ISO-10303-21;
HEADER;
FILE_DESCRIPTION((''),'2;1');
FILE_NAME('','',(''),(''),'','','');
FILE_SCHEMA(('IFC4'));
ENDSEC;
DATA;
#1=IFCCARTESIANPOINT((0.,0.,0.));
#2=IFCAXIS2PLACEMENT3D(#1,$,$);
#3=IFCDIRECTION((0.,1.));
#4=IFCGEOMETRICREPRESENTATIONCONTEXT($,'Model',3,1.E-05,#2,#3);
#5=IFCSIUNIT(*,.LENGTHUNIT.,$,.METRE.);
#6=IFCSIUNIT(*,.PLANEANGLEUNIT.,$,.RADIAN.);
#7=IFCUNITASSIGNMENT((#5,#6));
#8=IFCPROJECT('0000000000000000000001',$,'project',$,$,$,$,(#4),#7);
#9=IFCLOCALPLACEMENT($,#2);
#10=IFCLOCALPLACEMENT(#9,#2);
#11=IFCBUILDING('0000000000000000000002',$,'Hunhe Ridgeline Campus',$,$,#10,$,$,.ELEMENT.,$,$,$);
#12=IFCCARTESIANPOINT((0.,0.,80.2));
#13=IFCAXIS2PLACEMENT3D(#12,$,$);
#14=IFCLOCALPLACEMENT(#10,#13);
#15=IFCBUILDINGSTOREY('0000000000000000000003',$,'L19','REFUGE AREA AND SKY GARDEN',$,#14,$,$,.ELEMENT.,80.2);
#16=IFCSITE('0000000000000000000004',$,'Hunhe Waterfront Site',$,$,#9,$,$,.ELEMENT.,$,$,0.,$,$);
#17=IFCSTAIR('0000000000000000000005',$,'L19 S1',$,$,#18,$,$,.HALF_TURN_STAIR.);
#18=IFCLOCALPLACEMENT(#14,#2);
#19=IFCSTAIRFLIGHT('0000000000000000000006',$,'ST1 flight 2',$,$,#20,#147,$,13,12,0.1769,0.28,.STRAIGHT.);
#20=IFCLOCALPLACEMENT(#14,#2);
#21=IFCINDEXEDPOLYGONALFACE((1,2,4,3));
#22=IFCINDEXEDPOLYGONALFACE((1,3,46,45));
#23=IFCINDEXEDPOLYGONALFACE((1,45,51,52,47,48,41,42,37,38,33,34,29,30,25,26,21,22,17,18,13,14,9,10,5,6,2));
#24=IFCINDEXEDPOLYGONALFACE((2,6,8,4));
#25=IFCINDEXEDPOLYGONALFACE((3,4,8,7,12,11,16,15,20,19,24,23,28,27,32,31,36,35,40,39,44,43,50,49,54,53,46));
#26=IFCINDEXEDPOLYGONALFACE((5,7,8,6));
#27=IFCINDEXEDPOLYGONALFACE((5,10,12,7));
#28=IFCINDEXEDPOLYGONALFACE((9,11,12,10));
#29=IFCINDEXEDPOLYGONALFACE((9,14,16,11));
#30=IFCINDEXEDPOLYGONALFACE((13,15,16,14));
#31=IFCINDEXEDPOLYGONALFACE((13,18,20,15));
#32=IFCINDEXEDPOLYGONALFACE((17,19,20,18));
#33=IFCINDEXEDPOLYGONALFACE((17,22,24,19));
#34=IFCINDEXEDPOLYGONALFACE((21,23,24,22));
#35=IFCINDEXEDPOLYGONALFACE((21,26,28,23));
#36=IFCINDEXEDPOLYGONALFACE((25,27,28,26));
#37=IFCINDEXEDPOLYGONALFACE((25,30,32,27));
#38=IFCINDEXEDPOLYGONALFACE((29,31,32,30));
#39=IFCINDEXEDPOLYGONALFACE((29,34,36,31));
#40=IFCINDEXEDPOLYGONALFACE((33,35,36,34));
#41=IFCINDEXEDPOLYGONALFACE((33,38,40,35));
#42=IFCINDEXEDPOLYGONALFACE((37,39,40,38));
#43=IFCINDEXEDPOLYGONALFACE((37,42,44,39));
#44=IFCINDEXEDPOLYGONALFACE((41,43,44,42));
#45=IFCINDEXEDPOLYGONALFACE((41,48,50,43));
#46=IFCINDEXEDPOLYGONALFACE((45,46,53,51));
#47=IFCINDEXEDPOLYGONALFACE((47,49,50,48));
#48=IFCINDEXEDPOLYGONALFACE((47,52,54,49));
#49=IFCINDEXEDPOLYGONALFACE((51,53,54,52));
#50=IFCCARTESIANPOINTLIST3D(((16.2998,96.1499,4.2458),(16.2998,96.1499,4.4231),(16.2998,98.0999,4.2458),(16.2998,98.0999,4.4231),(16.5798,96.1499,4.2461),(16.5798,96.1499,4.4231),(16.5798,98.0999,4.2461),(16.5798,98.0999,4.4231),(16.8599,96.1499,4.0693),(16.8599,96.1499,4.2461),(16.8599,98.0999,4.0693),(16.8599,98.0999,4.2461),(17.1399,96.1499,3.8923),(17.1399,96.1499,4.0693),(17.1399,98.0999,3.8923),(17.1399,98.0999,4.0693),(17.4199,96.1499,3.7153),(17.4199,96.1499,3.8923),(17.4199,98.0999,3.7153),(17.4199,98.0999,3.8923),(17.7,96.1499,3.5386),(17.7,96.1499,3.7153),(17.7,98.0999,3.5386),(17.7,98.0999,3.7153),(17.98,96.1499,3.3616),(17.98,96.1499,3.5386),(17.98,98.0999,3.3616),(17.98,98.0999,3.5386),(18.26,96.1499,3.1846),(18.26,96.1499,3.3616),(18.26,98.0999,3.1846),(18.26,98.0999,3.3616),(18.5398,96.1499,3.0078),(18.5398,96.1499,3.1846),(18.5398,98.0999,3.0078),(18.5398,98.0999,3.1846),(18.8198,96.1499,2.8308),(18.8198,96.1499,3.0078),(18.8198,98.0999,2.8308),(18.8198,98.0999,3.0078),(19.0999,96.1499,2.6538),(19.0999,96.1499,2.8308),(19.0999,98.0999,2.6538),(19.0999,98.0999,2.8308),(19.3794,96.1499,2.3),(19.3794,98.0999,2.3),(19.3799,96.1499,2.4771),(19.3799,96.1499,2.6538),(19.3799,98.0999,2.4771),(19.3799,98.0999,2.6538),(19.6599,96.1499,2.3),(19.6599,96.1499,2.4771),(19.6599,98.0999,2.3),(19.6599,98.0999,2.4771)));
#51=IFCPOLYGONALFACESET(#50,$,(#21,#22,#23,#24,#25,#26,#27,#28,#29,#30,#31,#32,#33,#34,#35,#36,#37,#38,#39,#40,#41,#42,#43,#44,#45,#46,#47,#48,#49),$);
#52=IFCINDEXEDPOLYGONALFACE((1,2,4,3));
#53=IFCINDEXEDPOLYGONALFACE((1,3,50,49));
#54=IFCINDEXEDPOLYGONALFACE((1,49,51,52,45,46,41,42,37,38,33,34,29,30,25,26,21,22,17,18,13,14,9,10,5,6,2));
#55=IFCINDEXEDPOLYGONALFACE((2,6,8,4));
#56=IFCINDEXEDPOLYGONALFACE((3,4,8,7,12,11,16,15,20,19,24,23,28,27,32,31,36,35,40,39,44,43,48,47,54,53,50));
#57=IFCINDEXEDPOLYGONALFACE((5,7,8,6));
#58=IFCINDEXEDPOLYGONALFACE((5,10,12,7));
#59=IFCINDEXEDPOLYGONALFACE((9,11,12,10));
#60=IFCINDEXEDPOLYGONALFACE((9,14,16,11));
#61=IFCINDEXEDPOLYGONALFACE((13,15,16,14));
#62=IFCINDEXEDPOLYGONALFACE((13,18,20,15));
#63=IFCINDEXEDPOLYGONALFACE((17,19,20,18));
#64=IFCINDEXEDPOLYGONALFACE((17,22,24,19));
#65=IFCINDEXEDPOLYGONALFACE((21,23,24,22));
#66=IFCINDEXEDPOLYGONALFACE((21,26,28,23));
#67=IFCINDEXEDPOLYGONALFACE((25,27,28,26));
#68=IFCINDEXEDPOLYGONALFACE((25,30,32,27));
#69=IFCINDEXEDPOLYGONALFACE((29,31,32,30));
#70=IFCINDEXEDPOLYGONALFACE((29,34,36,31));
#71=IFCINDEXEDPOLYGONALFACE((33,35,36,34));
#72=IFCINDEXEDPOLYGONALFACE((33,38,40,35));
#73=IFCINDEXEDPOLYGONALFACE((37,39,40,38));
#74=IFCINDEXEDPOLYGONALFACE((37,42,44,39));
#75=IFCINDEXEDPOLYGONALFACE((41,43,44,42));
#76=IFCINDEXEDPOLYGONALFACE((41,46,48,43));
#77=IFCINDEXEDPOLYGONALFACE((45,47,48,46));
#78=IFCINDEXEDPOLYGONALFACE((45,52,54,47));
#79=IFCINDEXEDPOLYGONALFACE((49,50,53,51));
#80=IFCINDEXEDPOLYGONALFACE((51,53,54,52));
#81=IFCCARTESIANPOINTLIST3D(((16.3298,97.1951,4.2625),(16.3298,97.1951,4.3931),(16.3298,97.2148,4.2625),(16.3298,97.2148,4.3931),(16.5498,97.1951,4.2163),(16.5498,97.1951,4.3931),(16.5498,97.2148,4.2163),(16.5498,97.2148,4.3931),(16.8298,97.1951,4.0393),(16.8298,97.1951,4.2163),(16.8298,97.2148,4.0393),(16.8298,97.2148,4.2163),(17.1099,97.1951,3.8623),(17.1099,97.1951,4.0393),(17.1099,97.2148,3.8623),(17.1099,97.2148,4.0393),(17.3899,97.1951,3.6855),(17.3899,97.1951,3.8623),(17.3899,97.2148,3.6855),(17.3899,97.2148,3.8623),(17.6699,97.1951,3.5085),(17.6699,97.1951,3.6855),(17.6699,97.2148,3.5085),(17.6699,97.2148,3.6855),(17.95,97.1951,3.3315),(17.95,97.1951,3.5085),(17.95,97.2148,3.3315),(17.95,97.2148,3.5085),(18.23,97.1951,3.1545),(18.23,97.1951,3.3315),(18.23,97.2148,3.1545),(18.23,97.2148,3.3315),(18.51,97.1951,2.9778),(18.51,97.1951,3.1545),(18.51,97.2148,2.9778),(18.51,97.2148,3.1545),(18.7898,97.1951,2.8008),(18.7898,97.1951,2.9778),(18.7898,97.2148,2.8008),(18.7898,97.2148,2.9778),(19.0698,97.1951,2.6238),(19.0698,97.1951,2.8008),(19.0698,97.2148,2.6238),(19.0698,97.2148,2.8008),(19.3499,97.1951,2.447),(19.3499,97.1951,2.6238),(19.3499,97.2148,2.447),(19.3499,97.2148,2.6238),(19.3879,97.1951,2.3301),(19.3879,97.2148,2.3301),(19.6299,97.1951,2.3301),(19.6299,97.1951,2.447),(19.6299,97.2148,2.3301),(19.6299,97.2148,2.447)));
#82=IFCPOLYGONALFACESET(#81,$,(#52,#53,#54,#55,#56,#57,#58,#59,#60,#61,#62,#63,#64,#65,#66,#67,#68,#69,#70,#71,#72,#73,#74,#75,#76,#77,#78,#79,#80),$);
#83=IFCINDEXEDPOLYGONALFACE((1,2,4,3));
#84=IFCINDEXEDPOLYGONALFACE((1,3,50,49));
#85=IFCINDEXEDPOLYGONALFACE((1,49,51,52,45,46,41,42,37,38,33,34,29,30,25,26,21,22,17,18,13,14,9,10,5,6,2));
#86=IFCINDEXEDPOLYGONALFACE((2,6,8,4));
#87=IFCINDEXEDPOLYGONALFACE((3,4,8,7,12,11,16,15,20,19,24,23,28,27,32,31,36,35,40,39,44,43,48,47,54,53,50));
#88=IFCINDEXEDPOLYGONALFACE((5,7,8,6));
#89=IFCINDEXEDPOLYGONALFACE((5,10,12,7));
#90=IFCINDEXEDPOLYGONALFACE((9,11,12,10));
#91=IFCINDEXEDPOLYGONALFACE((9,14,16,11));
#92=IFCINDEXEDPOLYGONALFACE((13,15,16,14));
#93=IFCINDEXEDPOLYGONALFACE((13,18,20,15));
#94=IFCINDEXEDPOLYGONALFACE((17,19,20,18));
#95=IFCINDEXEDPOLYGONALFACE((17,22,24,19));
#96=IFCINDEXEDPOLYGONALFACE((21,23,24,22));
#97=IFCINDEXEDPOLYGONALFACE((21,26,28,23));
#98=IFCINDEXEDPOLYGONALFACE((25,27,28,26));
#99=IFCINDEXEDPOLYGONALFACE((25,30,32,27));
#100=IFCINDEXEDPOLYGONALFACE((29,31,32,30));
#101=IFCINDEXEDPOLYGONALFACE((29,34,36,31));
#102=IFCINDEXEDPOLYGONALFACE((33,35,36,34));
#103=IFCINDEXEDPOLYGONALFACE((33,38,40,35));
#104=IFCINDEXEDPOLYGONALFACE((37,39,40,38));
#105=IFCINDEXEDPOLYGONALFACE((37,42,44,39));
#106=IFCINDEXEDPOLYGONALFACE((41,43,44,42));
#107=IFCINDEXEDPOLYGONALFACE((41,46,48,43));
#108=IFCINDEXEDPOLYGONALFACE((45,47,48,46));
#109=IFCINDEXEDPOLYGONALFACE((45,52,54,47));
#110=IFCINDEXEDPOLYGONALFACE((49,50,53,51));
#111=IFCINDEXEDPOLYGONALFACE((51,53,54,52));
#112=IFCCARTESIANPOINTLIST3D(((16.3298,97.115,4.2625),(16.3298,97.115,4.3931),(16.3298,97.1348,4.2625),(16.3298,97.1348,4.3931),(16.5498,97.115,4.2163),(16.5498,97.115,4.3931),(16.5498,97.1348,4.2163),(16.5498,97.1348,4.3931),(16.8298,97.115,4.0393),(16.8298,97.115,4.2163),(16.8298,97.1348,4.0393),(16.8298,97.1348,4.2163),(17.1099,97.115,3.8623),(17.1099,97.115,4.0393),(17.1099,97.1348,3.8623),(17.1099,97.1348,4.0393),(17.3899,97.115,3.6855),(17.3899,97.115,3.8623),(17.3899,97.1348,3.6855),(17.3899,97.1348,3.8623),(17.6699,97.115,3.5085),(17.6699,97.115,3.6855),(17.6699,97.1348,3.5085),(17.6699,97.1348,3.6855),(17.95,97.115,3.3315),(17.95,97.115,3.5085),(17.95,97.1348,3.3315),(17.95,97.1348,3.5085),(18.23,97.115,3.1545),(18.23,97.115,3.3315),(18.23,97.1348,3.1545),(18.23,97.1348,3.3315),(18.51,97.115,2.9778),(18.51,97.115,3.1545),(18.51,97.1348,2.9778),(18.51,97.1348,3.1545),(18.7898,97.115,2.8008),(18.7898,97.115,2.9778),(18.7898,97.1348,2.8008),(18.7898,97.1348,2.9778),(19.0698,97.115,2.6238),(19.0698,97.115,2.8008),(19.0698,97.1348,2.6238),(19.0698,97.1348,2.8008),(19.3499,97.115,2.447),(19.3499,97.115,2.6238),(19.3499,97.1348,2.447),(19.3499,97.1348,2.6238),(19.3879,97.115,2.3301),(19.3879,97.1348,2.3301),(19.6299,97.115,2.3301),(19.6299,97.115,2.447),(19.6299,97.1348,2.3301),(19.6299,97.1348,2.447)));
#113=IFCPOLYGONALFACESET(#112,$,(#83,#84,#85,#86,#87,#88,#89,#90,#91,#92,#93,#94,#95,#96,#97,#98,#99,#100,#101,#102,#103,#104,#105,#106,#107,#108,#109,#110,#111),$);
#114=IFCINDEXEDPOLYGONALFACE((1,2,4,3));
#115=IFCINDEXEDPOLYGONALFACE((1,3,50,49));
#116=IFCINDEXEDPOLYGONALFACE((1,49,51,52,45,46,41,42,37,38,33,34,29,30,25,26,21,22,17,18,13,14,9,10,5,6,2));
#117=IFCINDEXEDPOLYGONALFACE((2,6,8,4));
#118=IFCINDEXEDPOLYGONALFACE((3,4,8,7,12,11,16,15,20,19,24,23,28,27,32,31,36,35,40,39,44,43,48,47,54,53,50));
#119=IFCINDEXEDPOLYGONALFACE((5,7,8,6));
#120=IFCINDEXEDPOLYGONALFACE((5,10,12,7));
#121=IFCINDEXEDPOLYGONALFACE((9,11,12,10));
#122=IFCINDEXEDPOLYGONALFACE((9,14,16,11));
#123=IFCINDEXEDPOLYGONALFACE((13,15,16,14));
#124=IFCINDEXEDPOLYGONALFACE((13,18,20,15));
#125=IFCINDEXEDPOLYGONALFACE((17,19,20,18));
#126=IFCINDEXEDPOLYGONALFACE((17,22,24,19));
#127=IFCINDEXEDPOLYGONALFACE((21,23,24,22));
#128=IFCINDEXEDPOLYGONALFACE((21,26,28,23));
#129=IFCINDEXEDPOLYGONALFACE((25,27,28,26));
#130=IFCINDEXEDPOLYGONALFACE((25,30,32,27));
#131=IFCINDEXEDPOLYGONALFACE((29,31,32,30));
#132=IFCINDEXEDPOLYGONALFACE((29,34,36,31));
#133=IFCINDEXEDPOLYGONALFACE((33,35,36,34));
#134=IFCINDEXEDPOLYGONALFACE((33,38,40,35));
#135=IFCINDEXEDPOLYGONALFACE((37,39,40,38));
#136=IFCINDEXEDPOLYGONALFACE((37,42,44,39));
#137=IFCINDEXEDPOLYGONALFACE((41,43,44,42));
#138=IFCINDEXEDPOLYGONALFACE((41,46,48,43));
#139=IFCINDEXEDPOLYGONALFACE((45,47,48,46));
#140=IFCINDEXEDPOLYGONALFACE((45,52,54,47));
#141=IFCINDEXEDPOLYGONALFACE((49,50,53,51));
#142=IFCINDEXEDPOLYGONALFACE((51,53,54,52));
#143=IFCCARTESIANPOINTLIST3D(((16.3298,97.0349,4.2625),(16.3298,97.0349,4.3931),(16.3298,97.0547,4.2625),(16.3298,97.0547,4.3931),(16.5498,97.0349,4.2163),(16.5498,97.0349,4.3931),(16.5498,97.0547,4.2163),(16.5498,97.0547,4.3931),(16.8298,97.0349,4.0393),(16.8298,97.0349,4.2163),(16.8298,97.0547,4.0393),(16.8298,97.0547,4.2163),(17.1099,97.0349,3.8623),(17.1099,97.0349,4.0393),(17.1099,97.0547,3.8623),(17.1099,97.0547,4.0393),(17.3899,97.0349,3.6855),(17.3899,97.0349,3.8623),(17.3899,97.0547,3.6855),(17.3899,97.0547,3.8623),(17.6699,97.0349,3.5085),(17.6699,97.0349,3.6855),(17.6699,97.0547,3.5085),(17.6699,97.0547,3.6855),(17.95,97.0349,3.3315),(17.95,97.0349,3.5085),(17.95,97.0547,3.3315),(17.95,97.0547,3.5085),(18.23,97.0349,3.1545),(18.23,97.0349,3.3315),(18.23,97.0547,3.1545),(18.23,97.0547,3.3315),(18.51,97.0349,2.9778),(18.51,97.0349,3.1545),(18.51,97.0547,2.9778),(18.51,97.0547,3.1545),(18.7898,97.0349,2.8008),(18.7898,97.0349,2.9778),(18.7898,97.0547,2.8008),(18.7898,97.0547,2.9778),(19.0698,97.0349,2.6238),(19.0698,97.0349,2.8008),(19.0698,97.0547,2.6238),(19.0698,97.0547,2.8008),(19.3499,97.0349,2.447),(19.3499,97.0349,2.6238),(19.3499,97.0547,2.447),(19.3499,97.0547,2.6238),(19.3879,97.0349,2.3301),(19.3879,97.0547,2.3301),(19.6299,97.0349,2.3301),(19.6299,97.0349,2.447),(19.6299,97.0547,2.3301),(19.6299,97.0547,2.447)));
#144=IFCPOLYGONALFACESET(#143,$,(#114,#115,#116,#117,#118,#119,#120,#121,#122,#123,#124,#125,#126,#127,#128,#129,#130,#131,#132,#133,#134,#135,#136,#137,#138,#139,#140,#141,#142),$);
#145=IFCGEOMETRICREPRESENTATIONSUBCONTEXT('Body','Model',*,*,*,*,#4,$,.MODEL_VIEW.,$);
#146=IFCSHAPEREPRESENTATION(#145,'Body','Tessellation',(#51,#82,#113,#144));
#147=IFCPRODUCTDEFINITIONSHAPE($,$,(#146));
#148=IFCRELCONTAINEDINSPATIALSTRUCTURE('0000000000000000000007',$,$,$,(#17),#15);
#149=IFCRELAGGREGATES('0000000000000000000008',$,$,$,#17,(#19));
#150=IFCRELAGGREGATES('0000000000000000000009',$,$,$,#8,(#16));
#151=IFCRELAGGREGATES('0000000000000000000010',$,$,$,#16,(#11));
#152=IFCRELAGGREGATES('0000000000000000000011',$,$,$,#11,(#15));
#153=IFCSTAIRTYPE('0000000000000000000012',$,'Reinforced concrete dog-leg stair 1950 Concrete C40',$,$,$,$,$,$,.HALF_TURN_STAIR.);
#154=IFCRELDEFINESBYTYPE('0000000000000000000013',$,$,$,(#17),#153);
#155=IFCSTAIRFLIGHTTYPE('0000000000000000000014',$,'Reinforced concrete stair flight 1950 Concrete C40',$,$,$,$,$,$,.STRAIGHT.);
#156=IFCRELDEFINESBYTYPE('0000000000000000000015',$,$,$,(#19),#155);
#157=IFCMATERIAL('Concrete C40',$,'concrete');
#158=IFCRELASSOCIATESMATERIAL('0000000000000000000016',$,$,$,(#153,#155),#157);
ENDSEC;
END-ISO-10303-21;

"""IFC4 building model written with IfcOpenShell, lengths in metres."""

from ifc_helpers import new_model, si_unit, direction, frame, origin, place, context, subcontext, project, spatial, polyline, outline, extrude, material, type_object, element, aggregate, save


model = new_model("IFC4")

# Units and contexts
model_context = context("Model", 3, precision=1e-05, world=origin(), true_north=direction((0.0, 1.0)))
body_context = subcontext(model_context, "Body", "Model", "MODEL_VIEW")
ifc_project = project(units=[si_unit("LENGTHUNIT", "METRE"), si_unit("PLANEANGLEUNIT", "RADIAN")], contexts=[model_context])

# Site, building, storey
site_placement = place(None, origin())
site = spatial("IfcSite", under=ifc_project, at=site_placement, Name="Hunhe Waterfront Site", CompositionType="ELEMENT", RefElevation=0.0)
building_placement = place(site_placement, origin())
building = spatial("IfcBuilding", under=site, at=building_placement, Name="Hunhe Ridgeline Campus", CompositionType="ELEMENT")
storey_placement = place(building_placement, frame((0.0, 0.0, 80.2)))
storey = spatial("IfcBuildingStorey", under=building, at=storey_placement, Name="L19", Description="REFUGE AREA AND SKY GARDEN", CompositionType="ELEMENT", Elevation=80.2)

# Stair, stair flight
ifc_material_1 = material(Name="Concrete C40", Category="concrete")
stair_type = type_object("IfcStairType", Name="Reinforced concrete dog-leg stair 1950 Concrete C40", PredefinedType="HALF_TURN_STAIR", material=ifc_material_1)
stair_placement = place(storey_placement, origin())
stair = element("IfcStair", 1, at=stair_placement, inside=storey, type_object=stair_type, Name="L19 S1", PredefinedType="HALF_TURN_STAIR")
stair_flight_type = type_object("IfcStairFlightType", Name="Reinforced concrete stair flight 1950 Concrete C40", PredefinedType="STRAIGHT", material=ifc_material_1)
stair_flight_1_placement = place(storey_placement, frame((19.6599, 97.125, 2.3), z_axis=(0.0, 0.0, 1.0), x_axis=(-1.0, 0.0, 0.0)))
stair_flight_1 = element("IfcStairFlight", 2, at=stair_flight_1_placement, type_object=stair_flight_type, Name="ST1 flight 2", NumberOfRisers=13, NumberOfTreads=12, PredefinedType="STRAIGHT", RiserHeight=0.1769, TreadLength=0.28, context=body_context, shape_type="SweptSolid", body=[
    extrude(outline(polyline([(0.0, 0.0), (0.0, 0.177), (0.28, 0.177), (0.28, 0.3538), (0.5601, 0.3538), (0.5601, 0.5308), (0.8401, 0.5308), (0.8401, 0.7078), (1.1201, 0.7078), (1.1201, 0.8845), (1.3999, 0.8845), (1.3999, 1.0615), (1.6799, 1.0615), (1.6799, 1.2385), (1.96, 1.2385), (1.96, 1.4153), (2.24, 1.4153), (2.24, 1.5923), (2.52, 1.5923), (2.52, 1.7693), (2.8, 1.7693), (2.8, 1.946), (3.0801, 1.946), (3.0801, 2.123), (3.3601, 2.123), (3.3601, 2.3), (3.3601, 1.9458), (0.2805, 0.0), (0.0, 0.0)])), frame((0.0, 0.9751, 0.0), z_axis=(0.0, -1.0, 0.0), x_axis=(1.0, 0.0, 0.0)), (0.0, 0.0, 1.0), 1.95),
    extrude(outline(polyline([(0.03, 0.03), (0.03, 0.147), (0.3101, 0.147), (0.3101, 0.3237), (0.5901, 0.3237), (0.5901, 0.5007), (0.8701, 0.5007), (0.8701, 0.6777), (1.1499, 0.6777), (1.1499, 0.8545), (1.4299, 0.8545), (1.4299, 1.0315), (1.71, 1.0315), (1.71, 1.2085), (1.99, 1.2085), (1.99, 1.3855), (2.27, 1.3855), (2.27, 1.5623), (2.55, 1.5623), (2.55, 1.7393), (2.8301, 1.7393), (2.8301, 1.9163), (3.1101, 1.9163), (3.1101, 2.093), (3.3301, 2.093), (3.3301, 1.9624), (0.272, 0.03), (0.03, 0.03)])), frame((0.0, -0.0701, 0.0), z_axis=(0.0, -1.0, 0.0), x_axis=(1.0, 0.0, 0.0)), (0.0, 0.0, 1.0), 0.0198),
    extrude(outline(polyline([(0.03, 0.03), (0.03, 0.147), (0.3101, 0.147), (0.3101, 0.3237), (0.5901, 0.3237), (0.5901, 0.5007), (0.8701, 0.5007), (0.8701, 0.6777), (1.1499, 0.6777), (1.1499, 0.8545), (1.4299, 0.8545), (1.4299, 1.0315), (1.71, 1.0315), (1.71, 1.2085), (1.99, 1.2085), (1.99, 1.3855), (2.27, 1.3855), (2.27, 1.5623), (2.55, 1.5623), (2.55, 1.7393), (2.8301, 1.7393), (2.8301, 1.9163), (3.1101, 1.9163), (3.1101, 2.093), (3.3301, 2.093), (3.3301, 1.9624), (0.272, 0.03), (0.03, 0.03)])), frame((0.0, 0.01, 0.0), z_axis=(0.0, -1.0, 0.0), x_axis=(1.0, 0.0, 0.0)), (0.0, 0.0, 1.0), 0.0198),
    extrude(outline(polyline([(0.03, 0.03), (0.03, 0.147), (0.3101, 0.147), (0.3101, 0.3237), (0.5901, 0.3237), (0.5901, 0.5007), (0.8701, 0.5007), (0.8701, 0.6777), (1.1499, 0.6777), (1.1499, 0.8545), (1.4299, 0.8545), (1.4299, 1.0315), (1.71, 1.0315), (1.71, 1.2085), (1.99, 1.2085), (1.99, 1.3855), (2.27, 1.3855), (2.27, 1.5623), (2.55, 1.5623), (2.55, 1.7393), (2.8301, 1.7393), (2.8301, 1.9163), (3.1101, 1.9163), (3.1101, 2.093), (3.3301, 2.093), (3.3301, 1.9624), (0.272, 0.03), (0.03, 0.03)])), frame((0.0, 0.0901, 0.0), z_axis=(0.0, -1.0, 0.0), x_axis=(1.0, 0.0, 0.0)), (0.0, 0.0, 1.0), 0.0198),
])
aggregate(stair, [stair_flight_1])

save(model, "model.ifc")
